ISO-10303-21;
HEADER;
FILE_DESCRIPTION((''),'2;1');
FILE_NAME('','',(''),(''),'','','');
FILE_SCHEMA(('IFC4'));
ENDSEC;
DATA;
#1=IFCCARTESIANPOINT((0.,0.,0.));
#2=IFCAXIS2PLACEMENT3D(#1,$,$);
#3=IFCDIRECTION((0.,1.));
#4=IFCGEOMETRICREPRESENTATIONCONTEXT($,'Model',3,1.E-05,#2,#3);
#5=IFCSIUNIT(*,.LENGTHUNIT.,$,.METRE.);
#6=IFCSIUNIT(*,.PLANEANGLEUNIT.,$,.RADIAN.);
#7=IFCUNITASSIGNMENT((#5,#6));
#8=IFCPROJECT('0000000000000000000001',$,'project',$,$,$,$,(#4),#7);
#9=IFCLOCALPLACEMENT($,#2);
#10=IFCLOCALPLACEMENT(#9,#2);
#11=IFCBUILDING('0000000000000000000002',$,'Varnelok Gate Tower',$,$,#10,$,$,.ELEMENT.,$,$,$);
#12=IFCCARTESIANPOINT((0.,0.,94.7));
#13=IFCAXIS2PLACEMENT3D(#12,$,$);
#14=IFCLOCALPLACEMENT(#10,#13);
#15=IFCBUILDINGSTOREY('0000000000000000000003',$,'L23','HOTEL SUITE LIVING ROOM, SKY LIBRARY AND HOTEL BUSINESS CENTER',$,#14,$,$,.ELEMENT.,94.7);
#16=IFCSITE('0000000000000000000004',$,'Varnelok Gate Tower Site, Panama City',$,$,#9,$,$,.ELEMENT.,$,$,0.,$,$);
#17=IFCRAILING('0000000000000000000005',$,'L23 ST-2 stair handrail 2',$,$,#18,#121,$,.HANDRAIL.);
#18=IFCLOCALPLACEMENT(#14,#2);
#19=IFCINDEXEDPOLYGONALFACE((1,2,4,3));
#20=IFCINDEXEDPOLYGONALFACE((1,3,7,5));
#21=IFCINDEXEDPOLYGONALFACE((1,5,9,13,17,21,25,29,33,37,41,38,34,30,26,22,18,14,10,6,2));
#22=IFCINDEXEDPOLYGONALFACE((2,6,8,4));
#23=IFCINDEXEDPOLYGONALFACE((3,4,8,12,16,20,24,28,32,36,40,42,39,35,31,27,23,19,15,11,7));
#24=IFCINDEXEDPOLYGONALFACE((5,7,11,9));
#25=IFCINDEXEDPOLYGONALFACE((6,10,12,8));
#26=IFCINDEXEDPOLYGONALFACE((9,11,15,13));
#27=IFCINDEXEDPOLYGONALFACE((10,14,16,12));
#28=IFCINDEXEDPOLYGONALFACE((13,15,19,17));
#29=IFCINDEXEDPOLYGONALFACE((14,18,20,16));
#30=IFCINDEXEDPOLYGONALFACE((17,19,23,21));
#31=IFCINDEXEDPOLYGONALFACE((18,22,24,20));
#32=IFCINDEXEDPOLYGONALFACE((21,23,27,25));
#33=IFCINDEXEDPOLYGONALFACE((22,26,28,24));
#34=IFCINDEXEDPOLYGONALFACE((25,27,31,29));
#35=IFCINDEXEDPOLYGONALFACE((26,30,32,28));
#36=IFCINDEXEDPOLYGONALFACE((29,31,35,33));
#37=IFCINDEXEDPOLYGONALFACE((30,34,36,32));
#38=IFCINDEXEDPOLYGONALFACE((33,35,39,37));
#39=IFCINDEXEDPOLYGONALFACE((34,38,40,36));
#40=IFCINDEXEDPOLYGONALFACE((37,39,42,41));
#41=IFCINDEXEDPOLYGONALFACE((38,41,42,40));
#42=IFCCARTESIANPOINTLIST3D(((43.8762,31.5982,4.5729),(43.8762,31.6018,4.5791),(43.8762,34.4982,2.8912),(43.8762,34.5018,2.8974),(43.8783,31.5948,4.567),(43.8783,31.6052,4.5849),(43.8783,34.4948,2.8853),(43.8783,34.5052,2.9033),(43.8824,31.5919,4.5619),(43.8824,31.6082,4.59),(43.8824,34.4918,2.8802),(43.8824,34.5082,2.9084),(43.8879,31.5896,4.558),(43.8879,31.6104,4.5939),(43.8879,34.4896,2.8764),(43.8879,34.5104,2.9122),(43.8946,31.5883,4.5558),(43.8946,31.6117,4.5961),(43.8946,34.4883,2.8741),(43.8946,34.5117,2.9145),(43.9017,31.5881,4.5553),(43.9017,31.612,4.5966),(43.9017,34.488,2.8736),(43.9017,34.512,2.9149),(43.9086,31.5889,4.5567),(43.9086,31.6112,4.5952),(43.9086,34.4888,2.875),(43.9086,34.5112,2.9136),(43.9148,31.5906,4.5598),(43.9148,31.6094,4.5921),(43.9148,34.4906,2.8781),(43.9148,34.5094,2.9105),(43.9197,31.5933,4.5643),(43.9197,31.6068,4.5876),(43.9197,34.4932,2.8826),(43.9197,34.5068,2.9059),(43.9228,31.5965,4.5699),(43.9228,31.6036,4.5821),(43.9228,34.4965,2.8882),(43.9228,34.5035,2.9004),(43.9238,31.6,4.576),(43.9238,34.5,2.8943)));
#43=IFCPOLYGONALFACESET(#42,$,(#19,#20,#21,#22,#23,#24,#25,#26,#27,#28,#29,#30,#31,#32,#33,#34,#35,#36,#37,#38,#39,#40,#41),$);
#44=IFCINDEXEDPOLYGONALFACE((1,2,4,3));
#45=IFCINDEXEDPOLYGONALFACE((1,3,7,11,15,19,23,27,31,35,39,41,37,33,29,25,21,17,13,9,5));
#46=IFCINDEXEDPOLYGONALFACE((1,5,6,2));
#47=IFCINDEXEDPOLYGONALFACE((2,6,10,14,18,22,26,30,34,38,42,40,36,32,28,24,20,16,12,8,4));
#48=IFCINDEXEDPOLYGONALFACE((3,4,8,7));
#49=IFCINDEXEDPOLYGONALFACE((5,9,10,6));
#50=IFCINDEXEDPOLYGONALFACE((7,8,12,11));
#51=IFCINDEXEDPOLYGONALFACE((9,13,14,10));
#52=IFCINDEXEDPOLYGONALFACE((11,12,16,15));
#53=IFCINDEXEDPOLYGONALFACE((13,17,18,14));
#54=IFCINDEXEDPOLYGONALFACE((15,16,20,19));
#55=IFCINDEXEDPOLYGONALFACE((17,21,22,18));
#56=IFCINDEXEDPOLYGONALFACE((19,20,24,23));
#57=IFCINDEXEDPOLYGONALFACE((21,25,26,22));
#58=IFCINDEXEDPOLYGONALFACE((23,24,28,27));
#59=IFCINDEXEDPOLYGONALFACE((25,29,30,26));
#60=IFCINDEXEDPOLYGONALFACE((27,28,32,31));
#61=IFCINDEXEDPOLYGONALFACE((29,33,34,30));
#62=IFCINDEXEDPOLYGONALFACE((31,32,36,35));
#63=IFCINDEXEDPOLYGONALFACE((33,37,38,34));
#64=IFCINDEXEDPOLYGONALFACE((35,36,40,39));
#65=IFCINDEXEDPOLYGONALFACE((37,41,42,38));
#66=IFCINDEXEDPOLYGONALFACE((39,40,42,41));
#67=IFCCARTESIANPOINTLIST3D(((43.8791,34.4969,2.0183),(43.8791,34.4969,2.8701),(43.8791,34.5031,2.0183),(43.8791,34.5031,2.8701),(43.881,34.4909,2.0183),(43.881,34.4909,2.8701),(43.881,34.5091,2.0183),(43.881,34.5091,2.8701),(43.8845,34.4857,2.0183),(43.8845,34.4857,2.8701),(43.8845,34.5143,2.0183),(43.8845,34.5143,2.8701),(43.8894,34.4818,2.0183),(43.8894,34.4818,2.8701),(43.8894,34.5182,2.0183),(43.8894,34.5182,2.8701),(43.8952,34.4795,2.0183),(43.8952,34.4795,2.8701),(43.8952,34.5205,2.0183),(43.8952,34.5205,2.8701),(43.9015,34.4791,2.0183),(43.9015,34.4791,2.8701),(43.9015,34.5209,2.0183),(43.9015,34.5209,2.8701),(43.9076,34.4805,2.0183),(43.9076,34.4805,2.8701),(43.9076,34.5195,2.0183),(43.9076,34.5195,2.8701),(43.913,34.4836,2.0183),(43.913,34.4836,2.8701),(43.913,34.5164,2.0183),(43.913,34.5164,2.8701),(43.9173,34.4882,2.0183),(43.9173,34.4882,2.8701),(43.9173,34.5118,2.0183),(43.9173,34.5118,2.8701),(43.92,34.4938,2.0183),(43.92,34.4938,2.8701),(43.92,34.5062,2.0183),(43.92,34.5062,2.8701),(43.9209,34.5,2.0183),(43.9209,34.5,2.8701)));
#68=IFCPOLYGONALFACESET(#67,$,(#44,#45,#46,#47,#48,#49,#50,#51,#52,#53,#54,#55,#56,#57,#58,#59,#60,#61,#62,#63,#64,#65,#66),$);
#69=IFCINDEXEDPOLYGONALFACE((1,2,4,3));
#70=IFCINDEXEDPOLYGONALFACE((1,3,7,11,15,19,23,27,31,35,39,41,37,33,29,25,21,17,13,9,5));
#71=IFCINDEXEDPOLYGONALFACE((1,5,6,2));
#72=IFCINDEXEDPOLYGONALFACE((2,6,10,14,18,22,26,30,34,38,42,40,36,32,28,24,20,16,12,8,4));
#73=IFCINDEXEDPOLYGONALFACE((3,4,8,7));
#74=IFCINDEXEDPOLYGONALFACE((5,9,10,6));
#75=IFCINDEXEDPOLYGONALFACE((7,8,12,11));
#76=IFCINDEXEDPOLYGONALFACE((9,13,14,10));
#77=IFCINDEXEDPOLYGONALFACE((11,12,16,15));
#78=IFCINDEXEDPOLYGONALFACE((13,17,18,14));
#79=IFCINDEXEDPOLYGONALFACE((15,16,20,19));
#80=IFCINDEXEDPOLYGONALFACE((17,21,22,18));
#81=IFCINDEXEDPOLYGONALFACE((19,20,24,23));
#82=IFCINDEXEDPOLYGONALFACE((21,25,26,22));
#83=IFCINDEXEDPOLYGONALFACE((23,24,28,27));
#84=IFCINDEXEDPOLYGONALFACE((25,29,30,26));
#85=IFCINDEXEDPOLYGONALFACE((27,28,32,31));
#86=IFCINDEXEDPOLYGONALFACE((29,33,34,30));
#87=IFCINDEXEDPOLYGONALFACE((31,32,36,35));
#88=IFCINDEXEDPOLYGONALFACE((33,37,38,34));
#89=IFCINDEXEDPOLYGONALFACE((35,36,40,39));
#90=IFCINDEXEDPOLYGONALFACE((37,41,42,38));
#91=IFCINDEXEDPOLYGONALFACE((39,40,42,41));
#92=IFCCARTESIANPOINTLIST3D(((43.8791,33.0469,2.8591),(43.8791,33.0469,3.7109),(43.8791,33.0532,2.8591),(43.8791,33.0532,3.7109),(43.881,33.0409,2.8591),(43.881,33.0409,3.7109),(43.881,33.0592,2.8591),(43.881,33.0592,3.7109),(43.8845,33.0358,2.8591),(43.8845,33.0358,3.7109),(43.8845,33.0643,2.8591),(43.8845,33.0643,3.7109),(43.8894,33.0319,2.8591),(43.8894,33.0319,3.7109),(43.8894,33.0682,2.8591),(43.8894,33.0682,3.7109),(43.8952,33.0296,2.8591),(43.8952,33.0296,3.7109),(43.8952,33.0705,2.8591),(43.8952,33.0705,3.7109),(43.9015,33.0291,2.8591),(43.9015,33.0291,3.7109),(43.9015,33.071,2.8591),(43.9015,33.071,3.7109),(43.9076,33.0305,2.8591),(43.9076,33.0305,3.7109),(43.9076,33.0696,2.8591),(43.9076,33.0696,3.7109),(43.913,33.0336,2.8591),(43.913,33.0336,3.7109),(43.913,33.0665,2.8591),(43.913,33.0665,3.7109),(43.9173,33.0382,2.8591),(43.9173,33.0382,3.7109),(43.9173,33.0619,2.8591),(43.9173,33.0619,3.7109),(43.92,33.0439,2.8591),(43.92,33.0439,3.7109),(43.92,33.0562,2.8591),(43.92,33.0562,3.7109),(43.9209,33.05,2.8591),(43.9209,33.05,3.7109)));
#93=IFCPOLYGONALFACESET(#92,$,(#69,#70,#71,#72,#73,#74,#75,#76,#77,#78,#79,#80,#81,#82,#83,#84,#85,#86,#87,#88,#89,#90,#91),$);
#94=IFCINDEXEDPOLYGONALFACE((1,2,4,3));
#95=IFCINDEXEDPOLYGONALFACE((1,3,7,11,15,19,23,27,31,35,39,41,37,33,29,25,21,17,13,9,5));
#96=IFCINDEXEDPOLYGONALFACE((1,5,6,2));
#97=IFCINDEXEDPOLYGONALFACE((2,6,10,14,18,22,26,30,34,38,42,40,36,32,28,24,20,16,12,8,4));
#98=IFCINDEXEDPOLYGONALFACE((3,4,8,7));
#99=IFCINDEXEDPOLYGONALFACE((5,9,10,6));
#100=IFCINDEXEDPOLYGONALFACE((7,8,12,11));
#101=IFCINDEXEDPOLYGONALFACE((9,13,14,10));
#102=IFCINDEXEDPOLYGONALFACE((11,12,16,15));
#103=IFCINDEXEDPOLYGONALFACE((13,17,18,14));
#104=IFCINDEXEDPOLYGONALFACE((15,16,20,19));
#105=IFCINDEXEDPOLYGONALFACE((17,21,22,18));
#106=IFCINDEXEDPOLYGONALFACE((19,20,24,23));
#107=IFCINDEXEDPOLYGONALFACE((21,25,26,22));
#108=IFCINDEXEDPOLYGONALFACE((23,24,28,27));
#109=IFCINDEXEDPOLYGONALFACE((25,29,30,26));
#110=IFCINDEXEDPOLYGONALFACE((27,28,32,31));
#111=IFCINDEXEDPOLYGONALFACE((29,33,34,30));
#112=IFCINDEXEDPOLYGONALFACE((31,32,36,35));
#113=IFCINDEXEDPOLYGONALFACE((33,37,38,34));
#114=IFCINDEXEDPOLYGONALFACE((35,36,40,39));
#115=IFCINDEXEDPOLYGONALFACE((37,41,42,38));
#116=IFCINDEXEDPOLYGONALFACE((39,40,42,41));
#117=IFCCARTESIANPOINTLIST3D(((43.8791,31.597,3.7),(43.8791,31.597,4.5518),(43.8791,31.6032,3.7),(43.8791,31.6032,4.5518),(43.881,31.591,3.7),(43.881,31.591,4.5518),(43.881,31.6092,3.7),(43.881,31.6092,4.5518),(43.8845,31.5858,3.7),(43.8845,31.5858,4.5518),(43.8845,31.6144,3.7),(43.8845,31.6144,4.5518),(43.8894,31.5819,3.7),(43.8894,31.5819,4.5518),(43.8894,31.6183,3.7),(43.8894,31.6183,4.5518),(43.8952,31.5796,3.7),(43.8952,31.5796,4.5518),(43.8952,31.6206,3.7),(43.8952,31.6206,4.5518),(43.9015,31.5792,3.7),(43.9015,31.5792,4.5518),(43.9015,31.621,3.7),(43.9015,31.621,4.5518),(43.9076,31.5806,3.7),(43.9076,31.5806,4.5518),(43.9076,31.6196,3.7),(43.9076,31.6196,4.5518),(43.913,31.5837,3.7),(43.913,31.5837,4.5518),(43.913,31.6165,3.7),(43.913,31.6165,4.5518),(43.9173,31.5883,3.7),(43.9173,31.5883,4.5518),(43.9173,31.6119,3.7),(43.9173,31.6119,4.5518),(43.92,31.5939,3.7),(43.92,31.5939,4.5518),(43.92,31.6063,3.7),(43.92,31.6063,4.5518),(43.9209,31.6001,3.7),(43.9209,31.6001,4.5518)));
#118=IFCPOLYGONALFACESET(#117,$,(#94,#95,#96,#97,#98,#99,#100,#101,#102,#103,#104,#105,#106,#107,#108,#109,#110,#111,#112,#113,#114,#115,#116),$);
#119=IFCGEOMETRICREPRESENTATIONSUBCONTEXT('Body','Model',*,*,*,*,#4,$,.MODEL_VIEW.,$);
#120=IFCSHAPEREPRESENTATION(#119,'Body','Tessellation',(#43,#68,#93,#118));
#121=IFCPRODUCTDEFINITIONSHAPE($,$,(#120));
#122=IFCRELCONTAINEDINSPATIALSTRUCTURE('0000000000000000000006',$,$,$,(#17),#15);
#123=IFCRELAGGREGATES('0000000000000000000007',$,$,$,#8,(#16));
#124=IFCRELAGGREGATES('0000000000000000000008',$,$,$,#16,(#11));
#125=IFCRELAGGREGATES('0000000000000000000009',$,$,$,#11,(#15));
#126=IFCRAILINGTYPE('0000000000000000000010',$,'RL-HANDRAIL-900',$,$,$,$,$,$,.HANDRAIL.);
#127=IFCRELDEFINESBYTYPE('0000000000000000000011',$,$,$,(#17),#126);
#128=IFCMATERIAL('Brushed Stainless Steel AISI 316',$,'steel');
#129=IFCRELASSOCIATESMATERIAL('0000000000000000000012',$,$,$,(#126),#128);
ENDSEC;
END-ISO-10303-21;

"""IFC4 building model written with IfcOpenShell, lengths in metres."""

from ifc_helpers import new_model, si_unit, direction, frame, origin, origin_2d, place, context, subcontext, project, spatial, circle, extrude, material, type_object, element, save


model = new_model("IFC4")

# Units and contexts
model_context = context("Model", 3, precision=1e-05, world=origin(), true_north=direction((0.0, 1.0)))
body_context = subcontext(model_context, "Body", "Model", "MODEL_VIEW")
ifc_project = project(units=[si_unit("LENGTHUNIT", "METRE"), si_unit("PLANEANGLEUNIT", "RADIAN")], contexts=[model_context])

# Site, building, storey
site_placement = place(None, origin())
site = spatial("IfcSite", under=ifc_project, at=site_placement, Name="Varnelok Gate Tower Site, Panama City", CompositionType="ELEMENT", RefElevation=0.0)
building_placement = place(site_placement, origin())
building = spatial("IfcBuilding", under=site, at=building_placement, Name="Varnelok Gate Tower", CompositionType="ELEMENT")
storey_placement = place(building_placement, frame((0.0, 0.0, 94.7)))
storey = spatial("IfcBuildingStorey", under=building, at=storey_placement, Name="L23", Description="HOTEL SUITE LIVING ROOM, SKY LIBRARY AND HOTEL BUSINESS CENTER", CompositionType="ELEMENT", Elevation=94.7)

# Railing
ifc_material_1 = material(Name="Brushed Stainless Steel AISI 316", Category="steel")
railing_type_1 = type_object("IfcRailingType", Name="RL-HANDRAIL-900", PredefinedType="HANDRAIL", material=ifc_material_1)
railing_1_placement = place(storey_placement, frame((43.8999, 34.5, 2.0183)))
element("IfcRailing", 1, at=railing_1_placement, inside=storey, type_object=railing_type_1, Name="L23 ST-2 stair handrail 2", PredefinedType="HANDRAIL", context=body_context, shape_type="SweptSolid", body=[
    extrude(circle(Radius=0.0239, at=origin_2d()), frame((0.0, 0.0, 0.876), z_axis=(0.0, -0.86507, 0.501651), x_axis=(1.0, 0.0, 0.0)), (0.0, 0.0, 1.0), 3.3523),
    extrude(circle(Radius=0.021, at=origin_2d()), origin(), (0.0, 0.0, 1.0), 0.8518),
    extrude(circle(Radius=0.021, at=origin_2d()), frame((0.0, -1.45, 0.8408)), (0.0, 0.0, 1.0), 0.8518),
    extrude(circle(Radius=0.021, at=origin_2d()), frame((0.0, -2.8999, 1.6816)), (0.0, 0.0, 1.0), 0.8518),
])

save(model, "model.ifc")
